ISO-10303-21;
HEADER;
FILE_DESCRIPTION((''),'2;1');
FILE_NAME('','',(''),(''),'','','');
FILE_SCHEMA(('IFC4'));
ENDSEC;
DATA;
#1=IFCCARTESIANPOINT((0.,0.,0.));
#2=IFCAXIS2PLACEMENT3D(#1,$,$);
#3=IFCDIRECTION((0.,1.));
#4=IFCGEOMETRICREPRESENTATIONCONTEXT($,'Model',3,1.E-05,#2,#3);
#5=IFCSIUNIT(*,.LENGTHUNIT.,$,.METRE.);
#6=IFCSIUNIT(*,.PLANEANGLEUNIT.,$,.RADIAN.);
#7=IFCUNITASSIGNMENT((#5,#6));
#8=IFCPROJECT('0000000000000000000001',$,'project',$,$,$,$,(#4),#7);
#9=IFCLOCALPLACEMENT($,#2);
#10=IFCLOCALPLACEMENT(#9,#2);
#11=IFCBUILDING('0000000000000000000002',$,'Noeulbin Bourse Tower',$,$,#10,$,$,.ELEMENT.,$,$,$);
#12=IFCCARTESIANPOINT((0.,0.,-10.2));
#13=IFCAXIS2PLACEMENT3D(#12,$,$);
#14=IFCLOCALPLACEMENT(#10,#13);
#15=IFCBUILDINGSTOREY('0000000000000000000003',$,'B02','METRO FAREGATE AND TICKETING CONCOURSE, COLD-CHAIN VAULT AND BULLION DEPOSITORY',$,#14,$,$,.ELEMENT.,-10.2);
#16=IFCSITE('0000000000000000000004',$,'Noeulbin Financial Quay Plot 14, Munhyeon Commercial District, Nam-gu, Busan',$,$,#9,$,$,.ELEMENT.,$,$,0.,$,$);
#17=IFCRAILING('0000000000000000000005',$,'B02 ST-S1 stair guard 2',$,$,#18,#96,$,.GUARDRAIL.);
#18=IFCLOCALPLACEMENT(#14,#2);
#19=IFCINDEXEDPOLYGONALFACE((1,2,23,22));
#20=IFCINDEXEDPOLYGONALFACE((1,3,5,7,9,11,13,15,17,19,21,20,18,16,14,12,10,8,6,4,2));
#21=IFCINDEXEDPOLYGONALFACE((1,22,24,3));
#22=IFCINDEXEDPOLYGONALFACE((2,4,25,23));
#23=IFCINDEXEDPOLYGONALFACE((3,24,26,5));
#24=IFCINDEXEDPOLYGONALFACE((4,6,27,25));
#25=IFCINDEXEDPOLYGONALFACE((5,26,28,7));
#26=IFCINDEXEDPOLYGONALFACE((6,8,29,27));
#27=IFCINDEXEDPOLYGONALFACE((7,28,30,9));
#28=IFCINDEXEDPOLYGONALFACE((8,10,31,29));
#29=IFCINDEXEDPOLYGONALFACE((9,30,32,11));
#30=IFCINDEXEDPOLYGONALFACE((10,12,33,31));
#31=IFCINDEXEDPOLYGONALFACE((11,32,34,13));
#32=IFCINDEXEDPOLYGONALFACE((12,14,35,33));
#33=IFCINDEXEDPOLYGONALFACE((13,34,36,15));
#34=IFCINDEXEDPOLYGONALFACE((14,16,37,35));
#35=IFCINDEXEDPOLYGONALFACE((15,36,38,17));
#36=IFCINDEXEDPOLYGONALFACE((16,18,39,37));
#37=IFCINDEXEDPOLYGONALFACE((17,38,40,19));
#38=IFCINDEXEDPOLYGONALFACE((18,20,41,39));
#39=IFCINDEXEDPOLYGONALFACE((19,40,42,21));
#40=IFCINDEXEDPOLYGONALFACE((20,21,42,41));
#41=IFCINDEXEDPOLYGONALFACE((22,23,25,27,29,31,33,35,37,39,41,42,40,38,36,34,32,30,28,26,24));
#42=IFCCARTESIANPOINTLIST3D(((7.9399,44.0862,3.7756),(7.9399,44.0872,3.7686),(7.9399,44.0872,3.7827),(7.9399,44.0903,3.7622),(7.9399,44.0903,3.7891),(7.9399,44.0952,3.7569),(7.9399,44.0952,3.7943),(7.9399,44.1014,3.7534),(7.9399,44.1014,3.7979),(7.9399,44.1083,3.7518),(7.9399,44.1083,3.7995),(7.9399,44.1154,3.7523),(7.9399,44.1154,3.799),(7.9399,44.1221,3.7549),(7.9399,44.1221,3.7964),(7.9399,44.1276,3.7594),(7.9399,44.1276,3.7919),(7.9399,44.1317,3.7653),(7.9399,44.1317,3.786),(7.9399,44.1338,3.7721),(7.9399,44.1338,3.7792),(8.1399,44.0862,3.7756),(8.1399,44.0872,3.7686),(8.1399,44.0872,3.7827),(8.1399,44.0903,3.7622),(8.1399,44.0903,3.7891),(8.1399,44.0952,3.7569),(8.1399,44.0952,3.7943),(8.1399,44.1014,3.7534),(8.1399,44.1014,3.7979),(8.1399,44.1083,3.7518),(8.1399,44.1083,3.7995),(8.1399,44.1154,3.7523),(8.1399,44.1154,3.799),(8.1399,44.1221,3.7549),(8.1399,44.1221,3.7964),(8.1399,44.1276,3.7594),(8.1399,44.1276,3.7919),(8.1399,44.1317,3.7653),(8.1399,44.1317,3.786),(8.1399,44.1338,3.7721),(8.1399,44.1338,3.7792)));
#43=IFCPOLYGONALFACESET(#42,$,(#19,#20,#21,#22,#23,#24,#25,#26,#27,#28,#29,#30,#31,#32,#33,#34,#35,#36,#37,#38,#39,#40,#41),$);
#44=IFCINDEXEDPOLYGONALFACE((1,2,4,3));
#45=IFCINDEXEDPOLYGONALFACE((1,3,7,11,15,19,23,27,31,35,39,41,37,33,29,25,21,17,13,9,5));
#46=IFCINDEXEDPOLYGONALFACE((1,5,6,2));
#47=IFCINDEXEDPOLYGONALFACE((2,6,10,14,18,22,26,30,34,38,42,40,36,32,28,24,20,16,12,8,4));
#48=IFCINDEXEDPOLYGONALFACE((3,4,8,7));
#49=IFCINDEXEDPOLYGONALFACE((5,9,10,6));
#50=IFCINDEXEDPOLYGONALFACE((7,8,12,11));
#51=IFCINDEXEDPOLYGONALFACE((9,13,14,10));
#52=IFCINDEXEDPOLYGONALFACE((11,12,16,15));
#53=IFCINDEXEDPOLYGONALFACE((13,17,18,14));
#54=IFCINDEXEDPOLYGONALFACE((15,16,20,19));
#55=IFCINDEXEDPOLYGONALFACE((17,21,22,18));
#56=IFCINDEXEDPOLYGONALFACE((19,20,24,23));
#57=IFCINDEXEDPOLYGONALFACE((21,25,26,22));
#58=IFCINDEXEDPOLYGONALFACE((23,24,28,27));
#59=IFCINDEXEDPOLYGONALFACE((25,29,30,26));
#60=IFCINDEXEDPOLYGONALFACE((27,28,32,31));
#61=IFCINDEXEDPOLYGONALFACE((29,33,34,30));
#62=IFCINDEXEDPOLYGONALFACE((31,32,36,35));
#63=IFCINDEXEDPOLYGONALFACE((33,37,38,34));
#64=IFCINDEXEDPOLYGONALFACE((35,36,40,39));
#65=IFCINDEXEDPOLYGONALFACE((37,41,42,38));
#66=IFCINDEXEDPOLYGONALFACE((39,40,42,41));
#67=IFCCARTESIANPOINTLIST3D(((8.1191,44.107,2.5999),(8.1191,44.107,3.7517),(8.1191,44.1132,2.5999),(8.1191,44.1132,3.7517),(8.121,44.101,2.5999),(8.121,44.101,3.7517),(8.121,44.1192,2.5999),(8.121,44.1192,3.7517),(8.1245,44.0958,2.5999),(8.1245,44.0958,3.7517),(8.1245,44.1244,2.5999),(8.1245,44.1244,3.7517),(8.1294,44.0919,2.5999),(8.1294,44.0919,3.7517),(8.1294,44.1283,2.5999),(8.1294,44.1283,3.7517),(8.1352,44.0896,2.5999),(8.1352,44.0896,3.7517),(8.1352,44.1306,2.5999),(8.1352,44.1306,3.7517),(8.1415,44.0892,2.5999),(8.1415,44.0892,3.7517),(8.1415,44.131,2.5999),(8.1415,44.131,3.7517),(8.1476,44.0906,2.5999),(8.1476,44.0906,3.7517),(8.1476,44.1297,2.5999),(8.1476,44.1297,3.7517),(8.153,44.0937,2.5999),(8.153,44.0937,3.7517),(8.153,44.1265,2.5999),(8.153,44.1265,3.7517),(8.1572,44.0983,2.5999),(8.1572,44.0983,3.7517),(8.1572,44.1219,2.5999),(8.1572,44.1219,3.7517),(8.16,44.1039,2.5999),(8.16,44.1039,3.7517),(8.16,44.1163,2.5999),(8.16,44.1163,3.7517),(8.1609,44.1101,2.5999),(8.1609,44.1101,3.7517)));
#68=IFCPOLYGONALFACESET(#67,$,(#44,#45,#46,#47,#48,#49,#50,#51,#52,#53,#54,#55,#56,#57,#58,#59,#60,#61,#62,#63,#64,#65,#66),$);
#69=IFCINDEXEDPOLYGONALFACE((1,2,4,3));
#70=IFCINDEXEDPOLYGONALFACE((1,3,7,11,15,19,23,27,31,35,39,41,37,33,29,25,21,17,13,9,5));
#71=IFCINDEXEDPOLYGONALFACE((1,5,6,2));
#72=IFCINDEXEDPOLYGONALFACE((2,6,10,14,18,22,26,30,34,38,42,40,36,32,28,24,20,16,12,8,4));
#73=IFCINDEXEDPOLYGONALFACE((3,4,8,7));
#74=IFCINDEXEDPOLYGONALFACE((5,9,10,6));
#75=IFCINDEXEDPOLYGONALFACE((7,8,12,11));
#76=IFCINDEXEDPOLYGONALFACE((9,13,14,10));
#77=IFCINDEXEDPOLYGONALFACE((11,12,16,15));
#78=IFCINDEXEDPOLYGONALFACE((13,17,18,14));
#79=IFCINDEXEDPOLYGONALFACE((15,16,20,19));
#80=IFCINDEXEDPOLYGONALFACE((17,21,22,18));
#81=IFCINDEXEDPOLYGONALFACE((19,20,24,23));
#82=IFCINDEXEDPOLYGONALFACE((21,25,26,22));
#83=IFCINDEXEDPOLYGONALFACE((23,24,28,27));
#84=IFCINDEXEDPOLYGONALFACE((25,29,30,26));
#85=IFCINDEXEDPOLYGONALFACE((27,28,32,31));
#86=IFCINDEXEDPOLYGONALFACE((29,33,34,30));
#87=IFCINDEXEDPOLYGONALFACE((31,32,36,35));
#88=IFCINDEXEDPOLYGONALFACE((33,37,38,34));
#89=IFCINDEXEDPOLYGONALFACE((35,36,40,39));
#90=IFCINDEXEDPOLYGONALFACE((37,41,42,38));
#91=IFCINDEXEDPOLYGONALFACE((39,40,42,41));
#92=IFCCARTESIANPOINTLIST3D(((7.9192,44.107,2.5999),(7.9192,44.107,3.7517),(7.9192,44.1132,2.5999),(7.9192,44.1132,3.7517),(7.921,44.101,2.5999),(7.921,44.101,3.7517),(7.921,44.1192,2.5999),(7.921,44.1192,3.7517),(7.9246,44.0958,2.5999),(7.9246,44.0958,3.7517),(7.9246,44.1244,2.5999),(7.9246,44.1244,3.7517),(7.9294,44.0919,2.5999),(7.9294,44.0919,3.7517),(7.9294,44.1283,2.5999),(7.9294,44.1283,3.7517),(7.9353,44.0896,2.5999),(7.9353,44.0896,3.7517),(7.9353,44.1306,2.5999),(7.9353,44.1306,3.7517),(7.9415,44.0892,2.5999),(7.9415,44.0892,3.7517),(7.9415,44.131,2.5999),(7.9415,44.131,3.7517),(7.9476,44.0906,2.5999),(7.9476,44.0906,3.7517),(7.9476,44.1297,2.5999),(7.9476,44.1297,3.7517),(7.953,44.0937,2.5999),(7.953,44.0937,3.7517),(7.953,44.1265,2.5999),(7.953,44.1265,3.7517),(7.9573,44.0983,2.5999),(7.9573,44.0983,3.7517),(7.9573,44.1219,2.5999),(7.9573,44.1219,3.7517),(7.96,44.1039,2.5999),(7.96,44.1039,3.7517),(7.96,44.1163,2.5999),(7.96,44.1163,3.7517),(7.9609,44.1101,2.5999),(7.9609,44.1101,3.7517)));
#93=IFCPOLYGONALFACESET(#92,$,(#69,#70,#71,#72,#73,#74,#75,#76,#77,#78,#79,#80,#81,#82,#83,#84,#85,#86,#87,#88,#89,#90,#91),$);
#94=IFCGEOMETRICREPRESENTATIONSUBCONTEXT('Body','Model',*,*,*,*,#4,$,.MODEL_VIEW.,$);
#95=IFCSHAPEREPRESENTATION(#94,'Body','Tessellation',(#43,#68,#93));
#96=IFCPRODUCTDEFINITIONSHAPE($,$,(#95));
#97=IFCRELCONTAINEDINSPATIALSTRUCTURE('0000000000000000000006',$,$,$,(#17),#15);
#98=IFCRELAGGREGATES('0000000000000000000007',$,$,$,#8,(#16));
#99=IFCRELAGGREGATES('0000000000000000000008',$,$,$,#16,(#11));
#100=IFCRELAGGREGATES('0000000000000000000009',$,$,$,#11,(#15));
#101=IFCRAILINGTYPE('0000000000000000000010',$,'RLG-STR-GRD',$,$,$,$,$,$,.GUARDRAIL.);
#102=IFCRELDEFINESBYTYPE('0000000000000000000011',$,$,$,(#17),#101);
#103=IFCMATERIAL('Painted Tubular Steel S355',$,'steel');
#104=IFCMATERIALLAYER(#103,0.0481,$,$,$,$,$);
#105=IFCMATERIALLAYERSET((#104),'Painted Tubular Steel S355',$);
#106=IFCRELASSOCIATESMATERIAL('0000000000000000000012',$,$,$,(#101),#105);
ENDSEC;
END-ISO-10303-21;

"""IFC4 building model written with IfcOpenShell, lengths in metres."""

from ifc_helpers import new_model, si_unit, direction, frame, origin, origin_2d, place, context, subcontext, project, spatial, circle, extrude, material, layer, layer_set, type_object, element, save


model = new_model("IFC4")

# Units and contexts
model_context = context("Model", 3, precision=1e-05, world=origin(), true_north=direction((0.0, 1.0)))
body_context = subcontext(model_context, "Body", "Model", "MODEL_VIEW")
ifc_project = project(units=[si_unit("LENGTHUNIT", "METRE"), si_unit("PLANEANGLEUNIT", "RADIAN")], contexts=[model_context])

# Site, building, storey
site_placement = place(None, origin())
site = spatial("IfcSite", under=ifc_project, at=site_placement, Name="Noeulbin Financial Quay Plot 14, Munhyeon Commercial District, Nam-gu, Busan", CompositionType="ELEMENT", RefElevation=0.0)
building_placement = place(site_placement, origin())
building = spatial("IfcBuilding", under=site, at=building_placement, Name="Noeulbin Bourse Tower", CompositionType="ELEMENT")
storey_placement = place(building_placement, frame((0.0, 0.0, -10.2)))
storey = spatial("IfcBuildingStorey", under=building, at=storey_placement, Name="B02", Description="METRO FAREGATE AND TICKETING CONCOURSE, COLD-CHAIN VAULT AND BULLION DEPOSITORY", CompositionType="ELEMENT", Elevation=-10.2)

# Railing
ifc_material_1 = material(Name="Painted Tubular Steel S355", Category="steel")
ifc_layer_1 = layer(ifc_material_1, 0.0481)
ifc_layer_set_1 = layer_set([ifc_layer_1], Name="Painted Tubular Steel S355")
railing_type_1 = type_object("IfcRailingType", Name="RLG-STR-GRD", PredefinedType="GUARDRAIL", material=ifc_layer_set_1)
railing_1_placement = place(storey_placement, frame((8.1399, 44.1101, 2.5999)))
element("IfcRailing", 1, at=railing_1_placement, inside=storey, type_object=railing_type_1, Name="B02 ST-S1 stair guard 2", PredefinedType="GUARDRAIL", context=body_context, shape_type="SweptSolid", body=[
    extrude(circle(Radius=0.0239, at=origin_2d()), frame((0.0, 0.0, 1.1758), z_axis=(-1.0, 0.0, 0.0), x_axis=(0.0, -1.0, 0.0)), (0.0, 0.0, 1.0), 0.2),
    extrude(circle(Radius=0.021, at=origin_2d()), origin(), (0.0, 0.0, 1.0), 1.1519),
    extrude(circle(Radius=0.021, at=origin_2d()), frame((-0.2, 0.0, 0.0)), (0.0, 0.0, 1.0), 1.1519),
])

save(model, "model.ifc")
